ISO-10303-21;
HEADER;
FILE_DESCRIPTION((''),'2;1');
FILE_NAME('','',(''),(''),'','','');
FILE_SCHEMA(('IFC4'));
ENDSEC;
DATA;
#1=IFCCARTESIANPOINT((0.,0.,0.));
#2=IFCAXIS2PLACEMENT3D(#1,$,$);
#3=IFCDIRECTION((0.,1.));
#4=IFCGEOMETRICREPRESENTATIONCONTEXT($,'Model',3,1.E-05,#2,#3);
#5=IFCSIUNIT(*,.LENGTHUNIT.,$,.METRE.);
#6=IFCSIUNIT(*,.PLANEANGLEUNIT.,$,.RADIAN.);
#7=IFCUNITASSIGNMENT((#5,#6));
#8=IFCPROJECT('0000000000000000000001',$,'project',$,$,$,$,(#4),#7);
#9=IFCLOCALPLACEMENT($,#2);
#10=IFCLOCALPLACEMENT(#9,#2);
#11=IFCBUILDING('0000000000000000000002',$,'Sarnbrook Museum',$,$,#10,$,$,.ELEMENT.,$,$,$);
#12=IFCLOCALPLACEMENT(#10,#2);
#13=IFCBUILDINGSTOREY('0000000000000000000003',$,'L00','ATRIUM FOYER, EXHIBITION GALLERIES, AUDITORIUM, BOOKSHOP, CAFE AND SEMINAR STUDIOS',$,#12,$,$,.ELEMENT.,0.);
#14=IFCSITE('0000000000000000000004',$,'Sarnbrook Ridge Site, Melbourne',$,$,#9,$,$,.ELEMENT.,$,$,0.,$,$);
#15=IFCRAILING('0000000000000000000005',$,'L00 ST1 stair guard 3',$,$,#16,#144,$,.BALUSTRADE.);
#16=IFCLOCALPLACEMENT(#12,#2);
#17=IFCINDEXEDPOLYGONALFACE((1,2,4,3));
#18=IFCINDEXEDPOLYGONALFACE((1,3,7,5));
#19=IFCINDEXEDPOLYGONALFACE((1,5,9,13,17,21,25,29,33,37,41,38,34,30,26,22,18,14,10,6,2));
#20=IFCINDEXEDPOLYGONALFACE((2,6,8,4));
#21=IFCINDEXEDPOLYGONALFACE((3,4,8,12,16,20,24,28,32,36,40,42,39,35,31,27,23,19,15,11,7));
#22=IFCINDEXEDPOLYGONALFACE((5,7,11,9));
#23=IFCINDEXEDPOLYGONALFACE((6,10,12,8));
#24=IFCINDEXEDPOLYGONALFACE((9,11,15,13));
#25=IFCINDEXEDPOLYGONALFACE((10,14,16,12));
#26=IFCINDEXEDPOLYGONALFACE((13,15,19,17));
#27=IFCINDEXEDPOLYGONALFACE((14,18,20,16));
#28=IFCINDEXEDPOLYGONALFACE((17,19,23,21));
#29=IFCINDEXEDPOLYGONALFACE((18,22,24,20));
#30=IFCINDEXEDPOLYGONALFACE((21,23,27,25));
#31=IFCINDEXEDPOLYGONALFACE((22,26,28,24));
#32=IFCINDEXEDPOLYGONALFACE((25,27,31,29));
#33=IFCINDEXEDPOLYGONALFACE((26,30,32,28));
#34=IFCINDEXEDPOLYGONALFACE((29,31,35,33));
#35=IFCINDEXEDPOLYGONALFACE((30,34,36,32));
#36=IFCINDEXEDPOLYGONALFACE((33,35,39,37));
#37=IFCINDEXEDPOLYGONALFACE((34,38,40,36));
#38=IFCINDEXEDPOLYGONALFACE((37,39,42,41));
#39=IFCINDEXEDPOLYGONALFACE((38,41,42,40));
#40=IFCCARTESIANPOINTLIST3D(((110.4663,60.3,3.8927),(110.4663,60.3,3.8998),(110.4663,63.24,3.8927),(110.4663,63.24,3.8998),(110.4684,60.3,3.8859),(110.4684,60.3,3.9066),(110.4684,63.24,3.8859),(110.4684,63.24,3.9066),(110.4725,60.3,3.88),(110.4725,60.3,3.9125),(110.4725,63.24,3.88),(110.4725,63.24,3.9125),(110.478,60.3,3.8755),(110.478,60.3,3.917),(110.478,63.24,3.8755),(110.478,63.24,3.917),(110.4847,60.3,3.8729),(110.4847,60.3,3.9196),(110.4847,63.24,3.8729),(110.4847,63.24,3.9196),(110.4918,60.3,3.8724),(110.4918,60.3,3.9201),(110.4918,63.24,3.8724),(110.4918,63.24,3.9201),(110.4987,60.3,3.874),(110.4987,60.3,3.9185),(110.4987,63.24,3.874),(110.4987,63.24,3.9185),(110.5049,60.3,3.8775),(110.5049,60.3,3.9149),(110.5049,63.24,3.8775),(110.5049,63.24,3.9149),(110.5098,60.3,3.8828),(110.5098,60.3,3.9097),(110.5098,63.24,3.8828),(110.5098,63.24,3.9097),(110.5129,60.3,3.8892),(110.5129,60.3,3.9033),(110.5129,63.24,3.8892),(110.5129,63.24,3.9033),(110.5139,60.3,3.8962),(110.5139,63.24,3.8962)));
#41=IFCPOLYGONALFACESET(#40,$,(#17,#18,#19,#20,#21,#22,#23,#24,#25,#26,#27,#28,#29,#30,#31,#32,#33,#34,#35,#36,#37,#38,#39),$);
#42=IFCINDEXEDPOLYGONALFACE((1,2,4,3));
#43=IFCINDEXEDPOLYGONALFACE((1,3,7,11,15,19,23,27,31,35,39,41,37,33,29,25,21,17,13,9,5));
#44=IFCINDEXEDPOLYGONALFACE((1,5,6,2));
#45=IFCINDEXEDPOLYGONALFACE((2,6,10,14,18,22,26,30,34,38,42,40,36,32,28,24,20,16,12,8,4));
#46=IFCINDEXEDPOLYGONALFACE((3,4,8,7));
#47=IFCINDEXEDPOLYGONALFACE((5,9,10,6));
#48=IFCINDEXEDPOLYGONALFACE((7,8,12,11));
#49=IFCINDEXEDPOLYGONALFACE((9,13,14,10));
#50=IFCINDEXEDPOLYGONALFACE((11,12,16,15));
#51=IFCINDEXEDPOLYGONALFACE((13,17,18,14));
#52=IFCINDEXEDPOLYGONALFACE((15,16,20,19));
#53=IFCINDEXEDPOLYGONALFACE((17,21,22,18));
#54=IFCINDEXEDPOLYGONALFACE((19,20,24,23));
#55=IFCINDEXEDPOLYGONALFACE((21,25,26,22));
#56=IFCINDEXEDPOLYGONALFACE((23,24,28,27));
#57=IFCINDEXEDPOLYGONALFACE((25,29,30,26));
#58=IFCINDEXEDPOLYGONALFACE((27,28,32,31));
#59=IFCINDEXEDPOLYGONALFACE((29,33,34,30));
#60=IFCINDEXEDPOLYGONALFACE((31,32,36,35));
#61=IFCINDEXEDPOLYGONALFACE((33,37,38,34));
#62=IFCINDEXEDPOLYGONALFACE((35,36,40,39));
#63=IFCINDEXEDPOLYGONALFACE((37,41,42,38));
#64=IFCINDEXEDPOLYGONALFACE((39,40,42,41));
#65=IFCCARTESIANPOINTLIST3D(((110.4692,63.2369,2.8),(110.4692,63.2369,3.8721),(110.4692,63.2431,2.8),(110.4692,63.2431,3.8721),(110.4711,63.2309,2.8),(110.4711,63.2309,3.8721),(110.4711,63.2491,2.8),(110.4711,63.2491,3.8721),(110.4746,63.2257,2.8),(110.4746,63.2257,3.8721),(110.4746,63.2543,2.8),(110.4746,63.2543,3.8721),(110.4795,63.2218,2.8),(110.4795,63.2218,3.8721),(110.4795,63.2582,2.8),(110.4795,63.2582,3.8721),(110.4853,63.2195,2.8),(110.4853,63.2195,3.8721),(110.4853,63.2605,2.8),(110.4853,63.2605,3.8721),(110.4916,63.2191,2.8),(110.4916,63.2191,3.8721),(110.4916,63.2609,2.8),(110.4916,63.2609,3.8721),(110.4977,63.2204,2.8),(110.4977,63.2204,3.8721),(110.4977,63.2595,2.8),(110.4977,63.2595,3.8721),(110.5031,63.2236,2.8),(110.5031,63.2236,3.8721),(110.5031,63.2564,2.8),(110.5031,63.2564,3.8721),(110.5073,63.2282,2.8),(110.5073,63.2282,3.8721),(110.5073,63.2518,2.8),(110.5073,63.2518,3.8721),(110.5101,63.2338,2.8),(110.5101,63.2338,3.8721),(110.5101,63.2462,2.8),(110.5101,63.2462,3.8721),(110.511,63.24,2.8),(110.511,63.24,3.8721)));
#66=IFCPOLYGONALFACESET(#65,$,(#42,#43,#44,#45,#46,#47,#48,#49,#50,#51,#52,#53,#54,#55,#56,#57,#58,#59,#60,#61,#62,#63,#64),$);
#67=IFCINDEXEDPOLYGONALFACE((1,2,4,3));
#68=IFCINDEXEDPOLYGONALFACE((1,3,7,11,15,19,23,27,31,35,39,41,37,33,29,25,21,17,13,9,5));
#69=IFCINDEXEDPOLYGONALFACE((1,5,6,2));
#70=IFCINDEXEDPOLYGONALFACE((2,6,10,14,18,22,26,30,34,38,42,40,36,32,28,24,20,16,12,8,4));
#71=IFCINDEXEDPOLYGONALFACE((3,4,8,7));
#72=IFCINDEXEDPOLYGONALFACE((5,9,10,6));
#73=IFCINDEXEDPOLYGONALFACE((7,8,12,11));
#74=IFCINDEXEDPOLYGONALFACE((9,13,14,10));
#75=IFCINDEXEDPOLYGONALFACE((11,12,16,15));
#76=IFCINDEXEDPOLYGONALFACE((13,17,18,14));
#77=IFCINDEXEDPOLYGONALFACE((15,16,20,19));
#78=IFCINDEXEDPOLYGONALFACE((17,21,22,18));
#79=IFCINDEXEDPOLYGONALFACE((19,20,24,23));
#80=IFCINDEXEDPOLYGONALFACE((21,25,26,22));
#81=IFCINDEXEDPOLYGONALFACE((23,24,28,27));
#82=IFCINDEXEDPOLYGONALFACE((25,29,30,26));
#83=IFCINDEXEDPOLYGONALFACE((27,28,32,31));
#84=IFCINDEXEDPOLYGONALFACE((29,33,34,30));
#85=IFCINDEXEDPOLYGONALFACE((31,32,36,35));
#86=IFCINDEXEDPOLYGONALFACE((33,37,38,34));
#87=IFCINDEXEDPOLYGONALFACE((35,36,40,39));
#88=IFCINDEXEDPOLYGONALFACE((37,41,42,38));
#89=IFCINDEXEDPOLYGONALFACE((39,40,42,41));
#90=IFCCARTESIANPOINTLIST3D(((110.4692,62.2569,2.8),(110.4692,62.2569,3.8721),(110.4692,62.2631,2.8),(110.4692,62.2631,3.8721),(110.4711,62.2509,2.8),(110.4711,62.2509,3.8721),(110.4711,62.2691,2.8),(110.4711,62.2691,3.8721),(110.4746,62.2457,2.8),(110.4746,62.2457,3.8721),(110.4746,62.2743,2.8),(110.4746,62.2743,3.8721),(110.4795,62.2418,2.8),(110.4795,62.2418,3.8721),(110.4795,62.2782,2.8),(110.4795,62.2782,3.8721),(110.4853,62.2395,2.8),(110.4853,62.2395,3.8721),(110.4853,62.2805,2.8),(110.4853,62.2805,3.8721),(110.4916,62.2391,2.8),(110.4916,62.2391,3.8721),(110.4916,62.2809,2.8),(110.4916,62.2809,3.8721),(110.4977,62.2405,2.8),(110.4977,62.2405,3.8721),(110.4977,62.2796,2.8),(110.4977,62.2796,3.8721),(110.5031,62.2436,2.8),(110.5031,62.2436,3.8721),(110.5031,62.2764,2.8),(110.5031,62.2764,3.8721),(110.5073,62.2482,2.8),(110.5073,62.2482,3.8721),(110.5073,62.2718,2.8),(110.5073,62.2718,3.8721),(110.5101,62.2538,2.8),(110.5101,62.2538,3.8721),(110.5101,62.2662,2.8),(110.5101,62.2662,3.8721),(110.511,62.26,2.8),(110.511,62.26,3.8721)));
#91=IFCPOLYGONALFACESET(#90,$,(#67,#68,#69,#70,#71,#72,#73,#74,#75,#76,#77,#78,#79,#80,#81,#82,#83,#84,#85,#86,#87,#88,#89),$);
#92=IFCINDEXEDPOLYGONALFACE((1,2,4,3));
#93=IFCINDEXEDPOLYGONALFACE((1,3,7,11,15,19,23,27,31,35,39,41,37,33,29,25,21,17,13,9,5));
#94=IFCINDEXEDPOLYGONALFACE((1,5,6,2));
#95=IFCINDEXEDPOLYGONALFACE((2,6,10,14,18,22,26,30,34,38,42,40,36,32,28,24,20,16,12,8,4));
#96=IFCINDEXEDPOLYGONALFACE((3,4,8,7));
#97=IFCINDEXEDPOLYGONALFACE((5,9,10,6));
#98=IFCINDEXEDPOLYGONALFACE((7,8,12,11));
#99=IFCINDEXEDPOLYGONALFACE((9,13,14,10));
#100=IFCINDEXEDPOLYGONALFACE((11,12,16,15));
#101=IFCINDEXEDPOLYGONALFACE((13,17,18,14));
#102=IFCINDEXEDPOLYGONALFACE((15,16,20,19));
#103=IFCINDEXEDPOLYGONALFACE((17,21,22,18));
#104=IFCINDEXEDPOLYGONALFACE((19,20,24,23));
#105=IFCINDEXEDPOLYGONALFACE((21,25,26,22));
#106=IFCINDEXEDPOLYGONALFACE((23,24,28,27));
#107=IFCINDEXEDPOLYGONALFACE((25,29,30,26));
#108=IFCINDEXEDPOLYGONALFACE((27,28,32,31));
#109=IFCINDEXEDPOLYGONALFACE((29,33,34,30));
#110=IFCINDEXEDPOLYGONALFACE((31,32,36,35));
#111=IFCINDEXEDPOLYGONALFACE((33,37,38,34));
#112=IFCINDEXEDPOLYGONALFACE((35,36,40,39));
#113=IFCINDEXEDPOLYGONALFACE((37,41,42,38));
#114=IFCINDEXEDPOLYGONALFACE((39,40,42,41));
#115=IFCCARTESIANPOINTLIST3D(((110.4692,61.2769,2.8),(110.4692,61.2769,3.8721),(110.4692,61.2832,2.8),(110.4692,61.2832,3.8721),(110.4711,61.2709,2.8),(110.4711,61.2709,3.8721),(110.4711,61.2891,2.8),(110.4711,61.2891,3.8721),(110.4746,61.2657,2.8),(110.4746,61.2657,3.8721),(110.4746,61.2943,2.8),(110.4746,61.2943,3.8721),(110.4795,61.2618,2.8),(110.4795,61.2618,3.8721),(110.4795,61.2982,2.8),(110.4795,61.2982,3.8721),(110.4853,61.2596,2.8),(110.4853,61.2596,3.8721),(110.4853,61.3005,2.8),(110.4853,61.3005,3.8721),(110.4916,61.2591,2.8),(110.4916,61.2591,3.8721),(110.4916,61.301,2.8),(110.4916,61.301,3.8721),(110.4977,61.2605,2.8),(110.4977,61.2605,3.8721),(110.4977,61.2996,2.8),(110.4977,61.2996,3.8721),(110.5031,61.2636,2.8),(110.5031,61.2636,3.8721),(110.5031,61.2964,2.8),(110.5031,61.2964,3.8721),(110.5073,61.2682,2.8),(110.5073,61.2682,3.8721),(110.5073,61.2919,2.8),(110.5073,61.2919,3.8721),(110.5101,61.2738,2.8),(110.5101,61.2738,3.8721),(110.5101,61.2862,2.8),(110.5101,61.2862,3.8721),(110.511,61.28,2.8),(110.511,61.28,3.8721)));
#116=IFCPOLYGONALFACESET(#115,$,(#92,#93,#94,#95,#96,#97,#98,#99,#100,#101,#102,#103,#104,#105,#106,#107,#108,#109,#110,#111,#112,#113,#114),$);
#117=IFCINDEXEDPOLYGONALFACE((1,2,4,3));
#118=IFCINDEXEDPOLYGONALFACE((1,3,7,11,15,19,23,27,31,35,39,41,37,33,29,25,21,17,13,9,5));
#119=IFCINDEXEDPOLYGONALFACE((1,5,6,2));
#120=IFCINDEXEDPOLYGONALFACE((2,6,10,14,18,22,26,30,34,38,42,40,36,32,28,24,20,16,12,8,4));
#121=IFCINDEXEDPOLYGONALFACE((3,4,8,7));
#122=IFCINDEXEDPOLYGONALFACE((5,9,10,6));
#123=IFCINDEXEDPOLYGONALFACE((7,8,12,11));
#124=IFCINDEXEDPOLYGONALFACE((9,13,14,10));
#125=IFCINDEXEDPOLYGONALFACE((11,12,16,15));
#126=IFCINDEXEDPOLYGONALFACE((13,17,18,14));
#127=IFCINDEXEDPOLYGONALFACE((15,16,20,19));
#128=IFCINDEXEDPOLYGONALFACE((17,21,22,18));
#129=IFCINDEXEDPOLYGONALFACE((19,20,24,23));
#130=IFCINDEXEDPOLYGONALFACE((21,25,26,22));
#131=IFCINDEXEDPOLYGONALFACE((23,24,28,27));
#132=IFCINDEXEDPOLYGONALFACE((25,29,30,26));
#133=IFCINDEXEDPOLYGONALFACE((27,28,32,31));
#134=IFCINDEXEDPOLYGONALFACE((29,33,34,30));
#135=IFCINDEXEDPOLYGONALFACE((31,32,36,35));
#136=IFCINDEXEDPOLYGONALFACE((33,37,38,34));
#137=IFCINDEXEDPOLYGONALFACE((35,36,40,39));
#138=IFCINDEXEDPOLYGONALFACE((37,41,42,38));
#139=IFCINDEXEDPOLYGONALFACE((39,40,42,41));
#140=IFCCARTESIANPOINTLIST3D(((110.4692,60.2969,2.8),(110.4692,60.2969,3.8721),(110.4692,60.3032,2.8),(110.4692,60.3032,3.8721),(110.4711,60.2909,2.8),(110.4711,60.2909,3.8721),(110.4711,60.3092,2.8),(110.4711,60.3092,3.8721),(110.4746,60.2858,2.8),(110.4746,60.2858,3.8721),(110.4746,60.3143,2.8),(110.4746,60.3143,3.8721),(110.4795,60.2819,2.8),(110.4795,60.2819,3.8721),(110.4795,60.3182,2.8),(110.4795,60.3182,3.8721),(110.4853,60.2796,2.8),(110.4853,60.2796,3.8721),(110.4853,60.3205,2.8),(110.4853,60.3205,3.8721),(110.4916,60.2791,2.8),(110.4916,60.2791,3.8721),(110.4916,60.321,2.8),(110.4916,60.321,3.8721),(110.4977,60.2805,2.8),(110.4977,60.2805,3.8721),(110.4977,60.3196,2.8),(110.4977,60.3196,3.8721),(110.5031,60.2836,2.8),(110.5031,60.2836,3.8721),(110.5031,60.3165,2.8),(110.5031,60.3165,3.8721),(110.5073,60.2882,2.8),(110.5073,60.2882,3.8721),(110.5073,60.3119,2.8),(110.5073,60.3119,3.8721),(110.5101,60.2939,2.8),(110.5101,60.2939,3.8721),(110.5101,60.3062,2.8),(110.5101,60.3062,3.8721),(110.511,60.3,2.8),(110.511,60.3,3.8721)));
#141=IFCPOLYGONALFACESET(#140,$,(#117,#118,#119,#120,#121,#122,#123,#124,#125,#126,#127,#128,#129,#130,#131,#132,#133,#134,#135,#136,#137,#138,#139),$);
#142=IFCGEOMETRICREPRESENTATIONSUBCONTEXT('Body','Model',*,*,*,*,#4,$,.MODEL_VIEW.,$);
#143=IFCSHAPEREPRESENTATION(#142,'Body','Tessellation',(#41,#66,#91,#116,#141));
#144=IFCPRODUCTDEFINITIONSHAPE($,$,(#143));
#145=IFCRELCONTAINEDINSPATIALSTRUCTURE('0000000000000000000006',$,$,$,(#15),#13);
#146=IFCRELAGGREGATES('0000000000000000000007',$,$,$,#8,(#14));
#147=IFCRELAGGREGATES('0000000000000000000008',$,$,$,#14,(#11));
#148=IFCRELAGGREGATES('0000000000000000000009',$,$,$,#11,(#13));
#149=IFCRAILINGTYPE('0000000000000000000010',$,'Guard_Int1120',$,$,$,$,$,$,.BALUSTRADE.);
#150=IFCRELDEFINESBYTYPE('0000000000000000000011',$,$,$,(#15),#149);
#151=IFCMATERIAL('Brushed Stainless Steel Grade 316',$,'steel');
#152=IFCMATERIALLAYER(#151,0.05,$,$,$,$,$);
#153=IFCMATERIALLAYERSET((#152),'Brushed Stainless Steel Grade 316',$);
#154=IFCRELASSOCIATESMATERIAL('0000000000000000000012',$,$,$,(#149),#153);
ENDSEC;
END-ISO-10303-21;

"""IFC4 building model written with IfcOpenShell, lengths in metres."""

from ifc_helpers import new_model, si_unit, direction, frame, origin, origin_2d, place, context, subcontext, project, spatial, circle, extrude, material, layer, layer_set, type_object, element, save


model = new_model("IFC4")

# Units and contexts
model_context = context("Model", 3, precision=1e-05, world=origin(), true_north=direction((0.0, 1.0)))
body_context = subcontext(model_context, "Body", "Model", "MODEL_VIEW")
ifc_project = project(units=[si_unit("LENGTHUNIT", "METRE"), si_unit("PLANEANGLEUNIT", "RADIAN")], contexts=[model_context])

# Site, building, storey
site_placement = place(None, origin())
site = spatial("IfcSite", under=ifc_project, at=site_placement, Name="Sarnbrook Ridge Site, Melbourne", CompositionType="ELEMENT", RefElevation=0.0)
building_placement = place(site_placement, origin())
building = spatial("IfcBuilding", under=site, at=building_placement, Name="Sarnbrook Museum", CompositionType="ELEMENT")
storey_placement = place(building_placement, origin())
storey = spatial("IfcBuildingStorey", under=building, at=storey_placement, Name="L00", Description="ATRIUM FOYER, EXHIBITION GALLERIES, AUDITORIUM, BOOKSHOP, CAFE AND SEMINAR STUDIOS", CompositionType="ELEMENT", Elevation=0.0)

# Railing
ifc_material_1 = material(Name="Brushed Stainless Steel Grade 316", Category="steel")
ifc_layer_1 = layer(ifc_material_1, 0.05)
ifc_layer_set_1 = layer_set([ifc_layer_1], Name="Brushed Stainless Steel Grade 316")
railing_type_1 = type_object("IfcRailingType", Name="Guard_Int1120", PredefinedType="BALUSTRADE", material=ifc_layer_set_1)
railing_1_placement = place(storey_placement, frame((110.49, 63.24, 2.8)))
element("IfcRailing", 1, at=railing_1_placement, inside=storey, type_object=railing_type_1, Name="L00 ST1 stair guard 3", PredefinedType="BALUSTRADE", context=body_context, shape_type="SweptSolid", body=[
    extrude(circle(Radius=0.0239, at=origin_2d()), frame((0.0, 0.0, 1.0962), z_axis=(0.0, -1.0, 0.0), x_axis=(1.0, 0.0, 0.0)), (0.0, 0.0, 1.0), 2.9399),
    extrude(circle(Radius=0.021, at=origin_2d()), origin(), (0.0, 0.0, 1.0), 1.072),
    extrude(circle(Radius=0.021, at=origin_2d()), frame((0.0, -0.98, 0.0)), (0.0, 0.0, 1.0), 1.072),
    extrude(circle(Radius=0.021, at=origin_2d()), frame((0.0, -1.96, 0.0)), (0.0, 0.0, 1.0), 1.072),
    extrude(circle(Radius=0.021, at=origin_2d()), frame((0.0, -2.9399, 0.0)), (0.0, 0.0, 1.0), 1.072),
])

save(model, "model.ifc")
